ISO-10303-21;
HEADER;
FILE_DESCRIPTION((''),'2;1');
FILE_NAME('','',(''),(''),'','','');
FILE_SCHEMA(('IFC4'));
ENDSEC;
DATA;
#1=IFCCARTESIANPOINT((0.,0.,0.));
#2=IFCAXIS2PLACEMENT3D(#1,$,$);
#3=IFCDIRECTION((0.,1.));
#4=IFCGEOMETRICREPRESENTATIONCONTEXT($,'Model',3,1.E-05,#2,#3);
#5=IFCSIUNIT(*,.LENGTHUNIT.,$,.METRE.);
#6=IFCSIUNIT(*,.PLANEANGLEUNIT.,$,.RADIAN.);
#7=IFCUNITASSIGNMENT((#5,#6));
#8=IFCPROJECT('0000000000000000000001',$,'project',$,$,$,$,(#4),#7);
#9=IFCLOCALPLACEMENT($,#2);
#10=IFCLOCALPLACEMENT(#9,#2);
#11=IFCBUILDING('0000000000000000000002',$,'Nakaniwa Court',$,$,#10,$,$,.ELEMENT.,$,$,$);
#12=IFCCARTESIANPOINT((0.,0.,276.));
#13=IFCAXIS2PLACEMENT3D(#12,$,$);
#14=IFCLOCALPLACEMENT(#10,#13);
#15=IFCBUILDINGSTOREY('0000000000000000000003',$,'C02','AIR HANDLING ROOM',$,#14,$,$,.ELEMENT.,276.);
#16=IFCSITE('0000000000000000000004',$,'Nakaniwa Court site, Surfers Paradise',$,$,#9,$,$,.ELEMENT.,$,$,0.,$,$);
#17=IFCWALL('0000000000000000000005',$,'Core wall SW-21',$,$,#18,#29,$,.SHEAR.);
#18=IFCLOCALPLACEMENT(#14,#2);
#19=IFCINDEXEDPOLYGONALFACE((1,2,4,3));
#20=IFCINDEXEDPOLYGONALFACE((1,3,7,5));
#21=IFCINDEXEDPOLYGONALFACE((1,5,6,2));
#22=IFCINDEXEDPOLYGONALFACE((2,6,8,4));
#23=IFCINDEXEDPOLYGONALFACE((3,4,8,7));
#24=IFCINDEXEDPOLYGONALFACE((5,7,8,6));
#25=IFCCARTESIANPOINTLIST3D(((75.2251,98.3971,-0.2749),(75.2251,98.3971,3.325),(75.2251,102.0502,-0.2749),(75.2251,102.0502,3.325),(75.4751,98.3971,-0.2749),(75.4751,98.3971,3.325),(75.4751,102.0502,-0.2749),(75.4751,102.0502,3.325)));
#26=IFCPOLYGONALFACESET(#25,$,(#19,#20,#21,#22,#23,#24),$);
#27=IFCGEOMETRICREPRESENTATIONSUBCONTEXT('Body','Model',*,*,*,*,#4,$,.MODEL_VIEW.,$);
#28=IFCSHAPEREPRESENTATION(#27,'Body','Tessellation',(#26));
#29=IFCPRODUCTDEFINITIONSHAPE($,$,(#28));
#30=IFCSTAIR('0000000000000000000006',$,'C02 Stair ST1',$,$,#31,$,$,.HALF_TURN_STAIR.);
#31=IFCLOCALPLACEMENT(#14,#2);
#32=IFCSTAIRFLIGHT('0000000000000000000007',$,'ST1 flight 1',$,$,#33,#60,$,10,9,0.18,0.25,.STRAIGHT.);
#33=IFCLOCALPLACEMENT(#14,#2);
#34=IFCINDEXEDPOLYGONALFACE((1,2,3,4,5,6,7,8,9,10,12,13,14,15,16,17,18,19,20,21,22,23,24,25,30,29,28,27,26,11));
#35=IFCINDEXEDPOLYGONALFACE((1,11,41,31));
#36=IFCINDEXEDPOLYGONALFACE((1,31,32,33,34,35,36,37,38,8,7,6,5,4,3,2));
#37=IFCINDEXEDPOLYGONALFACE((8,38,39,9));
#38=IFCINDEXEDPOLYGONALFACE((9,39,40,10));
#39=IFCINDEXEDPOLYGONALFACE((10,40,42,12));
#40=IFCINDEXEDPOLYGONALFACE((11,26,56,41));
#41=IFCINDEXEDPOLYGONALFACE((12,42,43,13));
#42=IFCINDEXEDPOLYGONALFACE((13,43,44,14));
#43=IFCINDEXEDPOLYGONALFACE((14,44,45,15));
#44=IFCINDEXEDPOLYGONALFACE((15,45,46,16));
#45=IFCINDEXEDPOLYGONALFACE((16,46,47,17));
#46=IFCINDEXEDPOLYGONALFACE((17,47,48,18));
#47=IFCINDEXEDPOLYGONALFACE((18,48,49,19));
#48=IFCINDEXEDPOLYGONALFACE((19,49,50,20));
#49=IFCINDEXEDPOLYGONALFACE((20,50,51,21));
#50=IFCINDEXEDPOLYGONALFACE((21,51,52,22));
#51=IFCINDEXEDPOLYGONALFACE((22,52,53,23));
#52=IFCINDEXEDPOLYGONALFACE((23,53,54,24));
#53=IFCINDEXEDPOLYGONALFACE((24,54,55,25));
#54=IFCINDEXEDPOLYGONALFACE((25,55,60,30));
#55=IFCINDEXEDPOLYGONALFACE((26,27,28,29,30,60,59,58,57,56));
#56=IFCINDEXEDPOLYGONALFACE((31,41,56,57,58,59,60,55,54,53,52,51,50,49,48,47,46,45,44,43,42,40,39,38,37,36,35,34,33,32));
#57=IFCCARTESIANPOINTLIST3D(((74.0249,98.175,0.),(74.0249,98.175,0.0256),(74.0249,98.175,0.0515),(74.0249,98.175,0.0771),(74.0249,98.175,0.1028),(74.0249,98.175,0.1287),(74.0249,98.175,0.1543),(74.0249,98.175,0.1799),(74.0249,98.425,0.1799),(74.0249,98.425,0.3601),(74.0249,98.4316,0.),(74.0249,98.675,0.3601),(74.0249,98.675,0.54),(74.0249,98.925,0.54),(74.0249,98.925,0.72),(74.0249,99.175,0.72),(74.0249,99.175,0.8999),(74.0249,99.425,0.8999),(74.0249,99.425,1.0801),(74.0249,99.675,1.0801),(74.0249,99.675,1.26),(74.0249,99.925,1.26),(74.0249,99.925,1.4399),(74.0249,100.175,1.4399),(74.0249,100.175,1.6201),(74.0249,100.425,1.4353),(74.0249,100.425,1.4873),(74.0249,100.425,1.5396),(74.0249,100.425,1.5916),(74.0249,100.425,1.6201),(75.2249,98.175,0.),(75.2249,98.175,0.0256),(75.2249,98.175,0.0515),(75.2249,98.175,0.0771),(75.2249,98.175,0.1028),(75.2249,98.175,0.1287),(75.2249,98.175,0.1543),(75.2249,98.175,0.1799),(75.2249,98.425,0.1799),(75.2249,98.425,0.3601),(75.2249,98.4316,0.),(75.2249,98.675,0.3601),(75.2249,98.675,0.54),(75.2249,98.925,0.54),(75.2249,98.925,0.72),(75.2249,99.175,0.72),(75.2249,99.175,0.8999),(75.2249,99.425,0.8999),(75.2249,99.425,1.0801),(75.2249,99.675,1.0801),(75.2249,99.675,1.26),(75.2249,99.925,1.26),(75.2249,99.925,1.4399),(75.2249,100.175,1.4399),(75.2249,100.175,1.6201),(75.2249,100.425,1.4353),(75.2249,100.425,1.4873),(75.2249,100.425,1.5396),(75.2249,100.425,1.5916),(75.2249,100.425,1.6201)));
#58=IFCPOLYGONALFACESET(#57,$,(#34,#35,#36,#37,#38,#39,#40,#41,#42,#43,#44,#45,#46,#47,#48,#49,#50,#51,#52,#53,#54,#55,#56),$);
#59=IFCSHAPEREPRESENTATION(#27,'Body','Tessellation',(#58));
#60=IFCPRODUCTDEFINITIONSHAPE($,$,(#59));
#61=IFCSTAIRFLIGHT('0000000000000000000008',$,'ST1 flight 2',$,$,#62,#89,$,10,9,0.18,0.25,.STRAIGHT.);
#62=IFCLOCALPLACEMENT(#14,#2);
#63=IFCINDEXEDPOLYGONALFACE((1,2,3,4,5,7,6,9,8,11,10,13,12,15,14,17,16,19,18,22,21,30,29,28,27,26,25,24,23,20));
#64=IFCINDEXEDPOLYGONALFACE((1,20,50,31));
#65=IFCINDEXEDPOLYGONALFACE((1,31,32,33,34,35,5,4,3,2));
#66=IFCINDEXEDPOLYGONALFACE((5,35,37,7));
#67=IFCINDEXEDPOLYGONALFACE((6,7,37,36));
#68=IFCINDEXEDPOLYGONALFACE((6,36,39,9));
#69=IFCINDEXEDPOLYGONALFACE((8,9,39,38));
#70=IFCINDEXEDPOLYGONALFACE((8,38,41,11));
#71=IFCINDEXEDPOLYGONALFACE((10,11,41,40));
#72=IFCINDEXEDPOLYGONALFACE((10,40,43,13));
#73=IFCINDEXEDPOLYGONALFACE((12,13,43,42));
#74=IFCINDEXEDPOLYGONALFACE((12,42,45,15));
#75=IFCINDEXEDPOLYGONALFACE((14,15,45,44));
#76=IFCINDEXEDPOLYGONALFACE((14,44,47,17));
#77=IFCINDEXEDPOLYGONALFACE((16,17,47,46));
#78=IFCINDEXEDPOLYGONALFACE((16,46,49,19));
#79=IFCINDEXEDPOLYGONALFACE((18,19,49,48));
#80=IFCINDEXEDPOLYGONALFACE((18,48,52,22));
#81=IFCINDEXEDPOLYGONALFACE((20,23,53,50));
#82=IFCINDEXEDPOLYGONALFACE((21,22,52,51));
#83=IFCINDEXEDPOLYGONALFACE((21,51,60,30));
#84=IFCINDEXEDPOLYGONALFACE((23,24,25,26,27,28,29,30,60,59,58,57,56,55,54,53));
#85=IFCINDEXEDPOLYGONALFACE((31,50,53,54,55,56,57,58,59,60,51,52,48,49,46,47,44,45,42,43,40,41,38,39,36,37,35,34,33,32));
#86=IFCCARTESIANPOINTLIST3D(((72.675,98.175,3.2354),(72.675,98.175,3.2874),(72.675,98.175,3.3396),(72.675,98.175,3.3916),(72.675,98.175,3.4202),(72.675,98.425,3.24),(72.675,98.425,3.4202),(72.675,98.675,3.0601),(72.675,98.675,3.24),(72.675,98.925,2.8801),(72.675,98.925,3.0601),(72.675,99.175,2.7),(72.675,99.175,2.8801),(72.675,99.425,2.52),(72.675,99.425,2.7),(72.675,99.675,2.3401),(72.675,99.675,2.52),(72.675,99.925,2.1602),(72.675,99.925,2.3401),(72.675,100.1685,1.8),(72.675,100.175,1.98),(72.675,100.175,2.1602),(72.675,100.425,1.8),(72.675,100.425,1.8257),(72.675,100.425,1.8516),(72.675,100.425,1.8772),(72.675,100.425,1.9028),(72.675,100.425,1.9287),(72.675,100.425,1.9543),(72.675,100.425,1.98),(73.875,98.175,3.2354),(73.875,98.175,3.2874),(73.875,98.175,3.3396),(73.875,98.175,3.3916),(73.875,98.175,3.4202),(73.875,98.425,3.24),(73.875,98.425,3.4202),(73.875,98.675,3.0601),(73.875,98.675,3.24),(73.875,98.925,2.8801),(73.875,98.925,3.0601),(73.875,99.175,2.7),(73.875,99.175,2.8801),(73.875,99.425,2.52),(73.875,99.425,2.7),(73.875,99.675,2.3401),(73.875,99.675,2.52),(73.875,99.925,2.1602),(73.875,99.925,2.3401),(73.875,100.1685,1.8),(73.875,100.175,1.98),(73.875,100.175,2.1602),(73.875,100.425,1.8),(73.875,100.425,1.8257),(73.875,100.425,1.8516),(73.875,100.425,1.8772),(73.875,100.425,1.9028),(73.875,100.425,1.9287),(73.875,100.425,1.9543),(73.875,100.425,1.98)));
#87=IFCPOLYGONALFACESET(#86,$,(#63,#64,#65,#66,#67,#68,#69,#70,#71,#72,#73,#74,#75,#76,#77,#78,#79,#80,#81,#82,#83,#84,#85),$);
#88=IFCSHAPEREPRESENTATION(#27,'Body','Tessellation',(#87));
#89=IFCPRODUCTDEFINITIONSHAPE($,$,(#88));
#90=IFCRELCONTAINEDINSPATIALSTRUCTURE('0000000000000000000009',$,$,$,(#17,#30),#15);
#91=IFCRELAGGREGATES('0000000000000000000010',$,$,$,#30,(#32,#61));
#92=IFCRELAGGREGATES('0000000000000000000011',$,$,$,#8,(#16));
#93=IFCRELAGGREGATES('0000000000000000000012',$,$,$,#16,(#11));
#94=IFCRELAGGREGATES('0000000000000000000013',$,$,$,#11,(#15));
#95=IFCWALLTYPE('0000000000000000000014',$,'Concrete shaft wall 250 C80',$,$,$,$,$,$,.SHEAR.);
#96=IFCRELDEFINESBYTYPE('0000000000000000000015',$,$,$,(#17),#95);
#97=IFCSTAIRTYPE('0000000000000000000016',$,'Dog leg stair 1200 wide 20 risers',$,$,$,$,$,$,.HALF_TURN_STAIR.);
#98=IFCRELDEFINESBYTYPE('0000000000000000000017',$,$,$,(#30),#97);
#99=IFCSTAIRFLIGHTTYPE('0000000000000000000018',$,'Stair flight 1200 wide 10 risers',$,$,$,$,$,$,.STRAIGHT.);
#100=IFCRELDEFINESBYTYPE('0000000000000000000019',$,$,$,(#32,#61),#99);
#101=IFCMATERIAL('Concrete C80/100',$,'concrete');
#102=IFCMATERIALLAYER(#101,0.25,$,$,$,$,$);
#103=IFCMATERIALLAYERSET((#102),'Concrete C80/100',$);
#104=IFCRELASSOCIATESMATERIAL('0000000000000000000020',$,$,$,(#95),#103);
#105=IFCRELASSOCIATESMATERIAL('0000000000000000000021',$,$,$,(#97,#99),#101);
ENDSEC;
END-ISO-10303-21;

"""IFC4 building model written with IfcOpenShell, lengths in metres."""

from ifc_helpers import new_model, si_unit, direction, frame, frame_2d, origin, place, context, subcontext, project, spatial, polyline, rectangle, outline, extrude, material, layer, layer_set, type_object, element, aggregate, save


model = new_model("IFC4")

# Units and contexts
model_context = context("Model", 3, precision=1e-05, world=origin(), true_north=direction((0.0, 1.0)))
body_context = subcontext(model_context, "Body", "Model", "MODEL_VIEW")
ifc_project = project(units=[si_unit("LENGTHUNIT", "METRE"), si_unit("PLANEANGLEUNIT", "RADIAN")], contexts=[model_context])

# Site, building, storey
site_placement = place(None, origin())
site = spatial("IfcSite", under=ifc_project, at=site_placement, Name="Nakaniwa Court site, Surfers Paradise", CompositionType="ELEMENT", RefElevation=0.0)
building_placement = place(site_placement, origin())
building = spatial("IfcBuilding", under=site, at=building_placement, Name="Nakaniwa Court", CompositionType="ELEMENT")
storey_placement = place(building_placement, frame((0.0, 0.0, 276.0)))
storey = spatial("IfcBuildingStorey", under=building, at=storey_placement, Name="C02", Description="AIR HANDLING ROOM", CompositionType="ELEMENT", Elevation=276.0)

# Shared definitions
ifc_material_1 = material(Name="Concrete C80/100", Category="concrete")

# Wall
ifc_layer_1 = layer(ifc_material_1, 0.25)
ifc_layer_set_1 = layer_set([ifc_layer_1], Name="Concrete C80/100")
wall_type_1 = type_object("IfcWallType", Name="Concrete shaft wall 250 C80", PredefinedType="SHEAR", material=ifc_layer_set_1)
wall_1_placement = place(storey_placement, frame((75.3501, 98.397, -0.2749), z_axis=(0.0, 0.0, 1.0), x_axis=(0.0, 1.0, 0.0)))
element("IfcWall", 1, at=wall_1_placement, inside=storey, type_object=wall_type_1, Name="Core wall SW-21", PredefinedType="SHEAR", context=body_context, shape_type="SweptSolid", body=[
    extrude(rectangle(XDim=3.6531, YDim=0.25, at=frame_2d((1.8267, 0.0))), origin(), (0.0, 0.0, 1.0), 3.5999),
])

# Stair, stair flights
stair_type = type_object("IfcStairType", Name="Dog leg stair 1200 wide 20 risers", PredefinedType="HALF_TURN_STAIR", material=ifc_material_1)
stair_placement = place(storey_placement, origin())
stair = element("IfcStair", 2, at=stair_placement, inside=storey, type_object=stair_type, Name="C02 Stair ST1", PredefinedType="HALF_TURN_STAIR")
stair_flight_type = type_object("IfcStairFlightType", Name="Stair flight 1200 wide 10 risers", PredefinedType="STRAIGHT", material=ifc_material_1)
stair_flight_1_placement = place(storey_placement, frame((74.625, 98.175, 0.0), z_axis=(0.0, 0.0, 1.0), x_axis=(0.0, 1.0, 0.0)))
stair_flight_1 = element("IfcStairFlight", 3, at=stair_flight_1_placement, type_object=stair_flight_type, Name="ST1 flight 1", NumberOfRisers=10, NumberOfTreads=9, PredefinedType="STRAIGHT", RiserHeight=0.18, TreadLength=0.25, context=body_context, shape_type="SweptSolid", body=[
    extrude(outline(polyline([(0.0, 0.0), (0.0, 0.0256), (0.0, 0.0515), (0.0, 0.0771), (0.0, 0.1028), (0.0, 0.1287), (0.0, 0.1543), (0.0, 0.1799), (0.25, 0.1799), (0.25, 0.3601), (0.5, 0.3601), (0.5, 0.54), (0.75, 0.54), (0.75, 0.72), (1.0, 0.72), (1.0, 0.8999), (1.25, 0.8999), (1.25, 1.0801), (1.5, 1.0801), (1.5, 1.26), (1.75, 1.26), (1.75, 1.4399), (2.0, 1.4399), (2.0, 1.6201), (2.25, 1.6201), (2.25, 1.8), (2.25, 1.7478), (2.25, 1.6958), (2.25, 1.6438), (2.25, 1.5916), (2.25, 1.5396), (2.25, 1.4873), (2.25, 1.4353), (0.2566, 0.0), (0.0, 0.0)])), frame((0.0, 0.6001, 0.0), z_axis=(0.0, -1.0, 0.0), x_axis=(1.0, 0.0, 0.0)), (0.0, 0.0, 1.0), 1.2),
])
stair_flight_2_placement = place(storey_placement, frame((73.2749, 100.425, 1.8), z_axis=(0.0, 0.0, 1.0), x_axis=(0.0, -1.0, 0.0)))
stair_flight_2 = element("IfcStairFlight", 4, at=stair_flight_2_placement, type_object=stair_flight_type, Name="ST1 flight 2", NumberOfRisers=10, NumberOfTreads=9, PredefinedType="STRAIGHT", RiserHeight=0.18, TreadLength=0.25, context=body_context, shape_type="SweptSolid", body=[
    extrude(outline(polyline([(0.0, 0.0), (0.0, 0.0256), (0.0, 0.0515), (0.0, 0.0771), (0.0, 0.1028), (0.0, 0.1287), (0.0, 0.1543), (0.0, 0.1799), (0.25, 0.1799), (0.25, 0.3601), (0.5, 0.3601), (0.5, 0.54), (0.75, 0.54), (0.75, 0.72), (1.0, 0.72), (1.0, 0.8999), (1.25, 0.8999), (1.25, 1.0801), (1.5, 1.0801), (1.5, 1.26), (1.75, 1.26), (1.75, 1.4399), (2.0, 1.4399), (2.0, 1.6201), (2.25, 1.6201), (2.25, 1.8), (2.25, 1.7478), (2.25, 1.6958), (2.25, 1.6438), (2.25, 1.5916), (2.25, 1.5396), (2.25, 1.4873), (2.25, 1.4353), (0.2566, 0.0), (0.0, 0.0)])), frame((0.0, 0.6001, 0.0), z_axis=(0.0, -1.0, 0.0), x_axis=(1.0, 0.0, 0.0)), (0.0, 0.0, 1.0), 1.2),
])
aggregate(stair, [stair_flight_1, stair_flight_2])

save(model, "model.ifc")
